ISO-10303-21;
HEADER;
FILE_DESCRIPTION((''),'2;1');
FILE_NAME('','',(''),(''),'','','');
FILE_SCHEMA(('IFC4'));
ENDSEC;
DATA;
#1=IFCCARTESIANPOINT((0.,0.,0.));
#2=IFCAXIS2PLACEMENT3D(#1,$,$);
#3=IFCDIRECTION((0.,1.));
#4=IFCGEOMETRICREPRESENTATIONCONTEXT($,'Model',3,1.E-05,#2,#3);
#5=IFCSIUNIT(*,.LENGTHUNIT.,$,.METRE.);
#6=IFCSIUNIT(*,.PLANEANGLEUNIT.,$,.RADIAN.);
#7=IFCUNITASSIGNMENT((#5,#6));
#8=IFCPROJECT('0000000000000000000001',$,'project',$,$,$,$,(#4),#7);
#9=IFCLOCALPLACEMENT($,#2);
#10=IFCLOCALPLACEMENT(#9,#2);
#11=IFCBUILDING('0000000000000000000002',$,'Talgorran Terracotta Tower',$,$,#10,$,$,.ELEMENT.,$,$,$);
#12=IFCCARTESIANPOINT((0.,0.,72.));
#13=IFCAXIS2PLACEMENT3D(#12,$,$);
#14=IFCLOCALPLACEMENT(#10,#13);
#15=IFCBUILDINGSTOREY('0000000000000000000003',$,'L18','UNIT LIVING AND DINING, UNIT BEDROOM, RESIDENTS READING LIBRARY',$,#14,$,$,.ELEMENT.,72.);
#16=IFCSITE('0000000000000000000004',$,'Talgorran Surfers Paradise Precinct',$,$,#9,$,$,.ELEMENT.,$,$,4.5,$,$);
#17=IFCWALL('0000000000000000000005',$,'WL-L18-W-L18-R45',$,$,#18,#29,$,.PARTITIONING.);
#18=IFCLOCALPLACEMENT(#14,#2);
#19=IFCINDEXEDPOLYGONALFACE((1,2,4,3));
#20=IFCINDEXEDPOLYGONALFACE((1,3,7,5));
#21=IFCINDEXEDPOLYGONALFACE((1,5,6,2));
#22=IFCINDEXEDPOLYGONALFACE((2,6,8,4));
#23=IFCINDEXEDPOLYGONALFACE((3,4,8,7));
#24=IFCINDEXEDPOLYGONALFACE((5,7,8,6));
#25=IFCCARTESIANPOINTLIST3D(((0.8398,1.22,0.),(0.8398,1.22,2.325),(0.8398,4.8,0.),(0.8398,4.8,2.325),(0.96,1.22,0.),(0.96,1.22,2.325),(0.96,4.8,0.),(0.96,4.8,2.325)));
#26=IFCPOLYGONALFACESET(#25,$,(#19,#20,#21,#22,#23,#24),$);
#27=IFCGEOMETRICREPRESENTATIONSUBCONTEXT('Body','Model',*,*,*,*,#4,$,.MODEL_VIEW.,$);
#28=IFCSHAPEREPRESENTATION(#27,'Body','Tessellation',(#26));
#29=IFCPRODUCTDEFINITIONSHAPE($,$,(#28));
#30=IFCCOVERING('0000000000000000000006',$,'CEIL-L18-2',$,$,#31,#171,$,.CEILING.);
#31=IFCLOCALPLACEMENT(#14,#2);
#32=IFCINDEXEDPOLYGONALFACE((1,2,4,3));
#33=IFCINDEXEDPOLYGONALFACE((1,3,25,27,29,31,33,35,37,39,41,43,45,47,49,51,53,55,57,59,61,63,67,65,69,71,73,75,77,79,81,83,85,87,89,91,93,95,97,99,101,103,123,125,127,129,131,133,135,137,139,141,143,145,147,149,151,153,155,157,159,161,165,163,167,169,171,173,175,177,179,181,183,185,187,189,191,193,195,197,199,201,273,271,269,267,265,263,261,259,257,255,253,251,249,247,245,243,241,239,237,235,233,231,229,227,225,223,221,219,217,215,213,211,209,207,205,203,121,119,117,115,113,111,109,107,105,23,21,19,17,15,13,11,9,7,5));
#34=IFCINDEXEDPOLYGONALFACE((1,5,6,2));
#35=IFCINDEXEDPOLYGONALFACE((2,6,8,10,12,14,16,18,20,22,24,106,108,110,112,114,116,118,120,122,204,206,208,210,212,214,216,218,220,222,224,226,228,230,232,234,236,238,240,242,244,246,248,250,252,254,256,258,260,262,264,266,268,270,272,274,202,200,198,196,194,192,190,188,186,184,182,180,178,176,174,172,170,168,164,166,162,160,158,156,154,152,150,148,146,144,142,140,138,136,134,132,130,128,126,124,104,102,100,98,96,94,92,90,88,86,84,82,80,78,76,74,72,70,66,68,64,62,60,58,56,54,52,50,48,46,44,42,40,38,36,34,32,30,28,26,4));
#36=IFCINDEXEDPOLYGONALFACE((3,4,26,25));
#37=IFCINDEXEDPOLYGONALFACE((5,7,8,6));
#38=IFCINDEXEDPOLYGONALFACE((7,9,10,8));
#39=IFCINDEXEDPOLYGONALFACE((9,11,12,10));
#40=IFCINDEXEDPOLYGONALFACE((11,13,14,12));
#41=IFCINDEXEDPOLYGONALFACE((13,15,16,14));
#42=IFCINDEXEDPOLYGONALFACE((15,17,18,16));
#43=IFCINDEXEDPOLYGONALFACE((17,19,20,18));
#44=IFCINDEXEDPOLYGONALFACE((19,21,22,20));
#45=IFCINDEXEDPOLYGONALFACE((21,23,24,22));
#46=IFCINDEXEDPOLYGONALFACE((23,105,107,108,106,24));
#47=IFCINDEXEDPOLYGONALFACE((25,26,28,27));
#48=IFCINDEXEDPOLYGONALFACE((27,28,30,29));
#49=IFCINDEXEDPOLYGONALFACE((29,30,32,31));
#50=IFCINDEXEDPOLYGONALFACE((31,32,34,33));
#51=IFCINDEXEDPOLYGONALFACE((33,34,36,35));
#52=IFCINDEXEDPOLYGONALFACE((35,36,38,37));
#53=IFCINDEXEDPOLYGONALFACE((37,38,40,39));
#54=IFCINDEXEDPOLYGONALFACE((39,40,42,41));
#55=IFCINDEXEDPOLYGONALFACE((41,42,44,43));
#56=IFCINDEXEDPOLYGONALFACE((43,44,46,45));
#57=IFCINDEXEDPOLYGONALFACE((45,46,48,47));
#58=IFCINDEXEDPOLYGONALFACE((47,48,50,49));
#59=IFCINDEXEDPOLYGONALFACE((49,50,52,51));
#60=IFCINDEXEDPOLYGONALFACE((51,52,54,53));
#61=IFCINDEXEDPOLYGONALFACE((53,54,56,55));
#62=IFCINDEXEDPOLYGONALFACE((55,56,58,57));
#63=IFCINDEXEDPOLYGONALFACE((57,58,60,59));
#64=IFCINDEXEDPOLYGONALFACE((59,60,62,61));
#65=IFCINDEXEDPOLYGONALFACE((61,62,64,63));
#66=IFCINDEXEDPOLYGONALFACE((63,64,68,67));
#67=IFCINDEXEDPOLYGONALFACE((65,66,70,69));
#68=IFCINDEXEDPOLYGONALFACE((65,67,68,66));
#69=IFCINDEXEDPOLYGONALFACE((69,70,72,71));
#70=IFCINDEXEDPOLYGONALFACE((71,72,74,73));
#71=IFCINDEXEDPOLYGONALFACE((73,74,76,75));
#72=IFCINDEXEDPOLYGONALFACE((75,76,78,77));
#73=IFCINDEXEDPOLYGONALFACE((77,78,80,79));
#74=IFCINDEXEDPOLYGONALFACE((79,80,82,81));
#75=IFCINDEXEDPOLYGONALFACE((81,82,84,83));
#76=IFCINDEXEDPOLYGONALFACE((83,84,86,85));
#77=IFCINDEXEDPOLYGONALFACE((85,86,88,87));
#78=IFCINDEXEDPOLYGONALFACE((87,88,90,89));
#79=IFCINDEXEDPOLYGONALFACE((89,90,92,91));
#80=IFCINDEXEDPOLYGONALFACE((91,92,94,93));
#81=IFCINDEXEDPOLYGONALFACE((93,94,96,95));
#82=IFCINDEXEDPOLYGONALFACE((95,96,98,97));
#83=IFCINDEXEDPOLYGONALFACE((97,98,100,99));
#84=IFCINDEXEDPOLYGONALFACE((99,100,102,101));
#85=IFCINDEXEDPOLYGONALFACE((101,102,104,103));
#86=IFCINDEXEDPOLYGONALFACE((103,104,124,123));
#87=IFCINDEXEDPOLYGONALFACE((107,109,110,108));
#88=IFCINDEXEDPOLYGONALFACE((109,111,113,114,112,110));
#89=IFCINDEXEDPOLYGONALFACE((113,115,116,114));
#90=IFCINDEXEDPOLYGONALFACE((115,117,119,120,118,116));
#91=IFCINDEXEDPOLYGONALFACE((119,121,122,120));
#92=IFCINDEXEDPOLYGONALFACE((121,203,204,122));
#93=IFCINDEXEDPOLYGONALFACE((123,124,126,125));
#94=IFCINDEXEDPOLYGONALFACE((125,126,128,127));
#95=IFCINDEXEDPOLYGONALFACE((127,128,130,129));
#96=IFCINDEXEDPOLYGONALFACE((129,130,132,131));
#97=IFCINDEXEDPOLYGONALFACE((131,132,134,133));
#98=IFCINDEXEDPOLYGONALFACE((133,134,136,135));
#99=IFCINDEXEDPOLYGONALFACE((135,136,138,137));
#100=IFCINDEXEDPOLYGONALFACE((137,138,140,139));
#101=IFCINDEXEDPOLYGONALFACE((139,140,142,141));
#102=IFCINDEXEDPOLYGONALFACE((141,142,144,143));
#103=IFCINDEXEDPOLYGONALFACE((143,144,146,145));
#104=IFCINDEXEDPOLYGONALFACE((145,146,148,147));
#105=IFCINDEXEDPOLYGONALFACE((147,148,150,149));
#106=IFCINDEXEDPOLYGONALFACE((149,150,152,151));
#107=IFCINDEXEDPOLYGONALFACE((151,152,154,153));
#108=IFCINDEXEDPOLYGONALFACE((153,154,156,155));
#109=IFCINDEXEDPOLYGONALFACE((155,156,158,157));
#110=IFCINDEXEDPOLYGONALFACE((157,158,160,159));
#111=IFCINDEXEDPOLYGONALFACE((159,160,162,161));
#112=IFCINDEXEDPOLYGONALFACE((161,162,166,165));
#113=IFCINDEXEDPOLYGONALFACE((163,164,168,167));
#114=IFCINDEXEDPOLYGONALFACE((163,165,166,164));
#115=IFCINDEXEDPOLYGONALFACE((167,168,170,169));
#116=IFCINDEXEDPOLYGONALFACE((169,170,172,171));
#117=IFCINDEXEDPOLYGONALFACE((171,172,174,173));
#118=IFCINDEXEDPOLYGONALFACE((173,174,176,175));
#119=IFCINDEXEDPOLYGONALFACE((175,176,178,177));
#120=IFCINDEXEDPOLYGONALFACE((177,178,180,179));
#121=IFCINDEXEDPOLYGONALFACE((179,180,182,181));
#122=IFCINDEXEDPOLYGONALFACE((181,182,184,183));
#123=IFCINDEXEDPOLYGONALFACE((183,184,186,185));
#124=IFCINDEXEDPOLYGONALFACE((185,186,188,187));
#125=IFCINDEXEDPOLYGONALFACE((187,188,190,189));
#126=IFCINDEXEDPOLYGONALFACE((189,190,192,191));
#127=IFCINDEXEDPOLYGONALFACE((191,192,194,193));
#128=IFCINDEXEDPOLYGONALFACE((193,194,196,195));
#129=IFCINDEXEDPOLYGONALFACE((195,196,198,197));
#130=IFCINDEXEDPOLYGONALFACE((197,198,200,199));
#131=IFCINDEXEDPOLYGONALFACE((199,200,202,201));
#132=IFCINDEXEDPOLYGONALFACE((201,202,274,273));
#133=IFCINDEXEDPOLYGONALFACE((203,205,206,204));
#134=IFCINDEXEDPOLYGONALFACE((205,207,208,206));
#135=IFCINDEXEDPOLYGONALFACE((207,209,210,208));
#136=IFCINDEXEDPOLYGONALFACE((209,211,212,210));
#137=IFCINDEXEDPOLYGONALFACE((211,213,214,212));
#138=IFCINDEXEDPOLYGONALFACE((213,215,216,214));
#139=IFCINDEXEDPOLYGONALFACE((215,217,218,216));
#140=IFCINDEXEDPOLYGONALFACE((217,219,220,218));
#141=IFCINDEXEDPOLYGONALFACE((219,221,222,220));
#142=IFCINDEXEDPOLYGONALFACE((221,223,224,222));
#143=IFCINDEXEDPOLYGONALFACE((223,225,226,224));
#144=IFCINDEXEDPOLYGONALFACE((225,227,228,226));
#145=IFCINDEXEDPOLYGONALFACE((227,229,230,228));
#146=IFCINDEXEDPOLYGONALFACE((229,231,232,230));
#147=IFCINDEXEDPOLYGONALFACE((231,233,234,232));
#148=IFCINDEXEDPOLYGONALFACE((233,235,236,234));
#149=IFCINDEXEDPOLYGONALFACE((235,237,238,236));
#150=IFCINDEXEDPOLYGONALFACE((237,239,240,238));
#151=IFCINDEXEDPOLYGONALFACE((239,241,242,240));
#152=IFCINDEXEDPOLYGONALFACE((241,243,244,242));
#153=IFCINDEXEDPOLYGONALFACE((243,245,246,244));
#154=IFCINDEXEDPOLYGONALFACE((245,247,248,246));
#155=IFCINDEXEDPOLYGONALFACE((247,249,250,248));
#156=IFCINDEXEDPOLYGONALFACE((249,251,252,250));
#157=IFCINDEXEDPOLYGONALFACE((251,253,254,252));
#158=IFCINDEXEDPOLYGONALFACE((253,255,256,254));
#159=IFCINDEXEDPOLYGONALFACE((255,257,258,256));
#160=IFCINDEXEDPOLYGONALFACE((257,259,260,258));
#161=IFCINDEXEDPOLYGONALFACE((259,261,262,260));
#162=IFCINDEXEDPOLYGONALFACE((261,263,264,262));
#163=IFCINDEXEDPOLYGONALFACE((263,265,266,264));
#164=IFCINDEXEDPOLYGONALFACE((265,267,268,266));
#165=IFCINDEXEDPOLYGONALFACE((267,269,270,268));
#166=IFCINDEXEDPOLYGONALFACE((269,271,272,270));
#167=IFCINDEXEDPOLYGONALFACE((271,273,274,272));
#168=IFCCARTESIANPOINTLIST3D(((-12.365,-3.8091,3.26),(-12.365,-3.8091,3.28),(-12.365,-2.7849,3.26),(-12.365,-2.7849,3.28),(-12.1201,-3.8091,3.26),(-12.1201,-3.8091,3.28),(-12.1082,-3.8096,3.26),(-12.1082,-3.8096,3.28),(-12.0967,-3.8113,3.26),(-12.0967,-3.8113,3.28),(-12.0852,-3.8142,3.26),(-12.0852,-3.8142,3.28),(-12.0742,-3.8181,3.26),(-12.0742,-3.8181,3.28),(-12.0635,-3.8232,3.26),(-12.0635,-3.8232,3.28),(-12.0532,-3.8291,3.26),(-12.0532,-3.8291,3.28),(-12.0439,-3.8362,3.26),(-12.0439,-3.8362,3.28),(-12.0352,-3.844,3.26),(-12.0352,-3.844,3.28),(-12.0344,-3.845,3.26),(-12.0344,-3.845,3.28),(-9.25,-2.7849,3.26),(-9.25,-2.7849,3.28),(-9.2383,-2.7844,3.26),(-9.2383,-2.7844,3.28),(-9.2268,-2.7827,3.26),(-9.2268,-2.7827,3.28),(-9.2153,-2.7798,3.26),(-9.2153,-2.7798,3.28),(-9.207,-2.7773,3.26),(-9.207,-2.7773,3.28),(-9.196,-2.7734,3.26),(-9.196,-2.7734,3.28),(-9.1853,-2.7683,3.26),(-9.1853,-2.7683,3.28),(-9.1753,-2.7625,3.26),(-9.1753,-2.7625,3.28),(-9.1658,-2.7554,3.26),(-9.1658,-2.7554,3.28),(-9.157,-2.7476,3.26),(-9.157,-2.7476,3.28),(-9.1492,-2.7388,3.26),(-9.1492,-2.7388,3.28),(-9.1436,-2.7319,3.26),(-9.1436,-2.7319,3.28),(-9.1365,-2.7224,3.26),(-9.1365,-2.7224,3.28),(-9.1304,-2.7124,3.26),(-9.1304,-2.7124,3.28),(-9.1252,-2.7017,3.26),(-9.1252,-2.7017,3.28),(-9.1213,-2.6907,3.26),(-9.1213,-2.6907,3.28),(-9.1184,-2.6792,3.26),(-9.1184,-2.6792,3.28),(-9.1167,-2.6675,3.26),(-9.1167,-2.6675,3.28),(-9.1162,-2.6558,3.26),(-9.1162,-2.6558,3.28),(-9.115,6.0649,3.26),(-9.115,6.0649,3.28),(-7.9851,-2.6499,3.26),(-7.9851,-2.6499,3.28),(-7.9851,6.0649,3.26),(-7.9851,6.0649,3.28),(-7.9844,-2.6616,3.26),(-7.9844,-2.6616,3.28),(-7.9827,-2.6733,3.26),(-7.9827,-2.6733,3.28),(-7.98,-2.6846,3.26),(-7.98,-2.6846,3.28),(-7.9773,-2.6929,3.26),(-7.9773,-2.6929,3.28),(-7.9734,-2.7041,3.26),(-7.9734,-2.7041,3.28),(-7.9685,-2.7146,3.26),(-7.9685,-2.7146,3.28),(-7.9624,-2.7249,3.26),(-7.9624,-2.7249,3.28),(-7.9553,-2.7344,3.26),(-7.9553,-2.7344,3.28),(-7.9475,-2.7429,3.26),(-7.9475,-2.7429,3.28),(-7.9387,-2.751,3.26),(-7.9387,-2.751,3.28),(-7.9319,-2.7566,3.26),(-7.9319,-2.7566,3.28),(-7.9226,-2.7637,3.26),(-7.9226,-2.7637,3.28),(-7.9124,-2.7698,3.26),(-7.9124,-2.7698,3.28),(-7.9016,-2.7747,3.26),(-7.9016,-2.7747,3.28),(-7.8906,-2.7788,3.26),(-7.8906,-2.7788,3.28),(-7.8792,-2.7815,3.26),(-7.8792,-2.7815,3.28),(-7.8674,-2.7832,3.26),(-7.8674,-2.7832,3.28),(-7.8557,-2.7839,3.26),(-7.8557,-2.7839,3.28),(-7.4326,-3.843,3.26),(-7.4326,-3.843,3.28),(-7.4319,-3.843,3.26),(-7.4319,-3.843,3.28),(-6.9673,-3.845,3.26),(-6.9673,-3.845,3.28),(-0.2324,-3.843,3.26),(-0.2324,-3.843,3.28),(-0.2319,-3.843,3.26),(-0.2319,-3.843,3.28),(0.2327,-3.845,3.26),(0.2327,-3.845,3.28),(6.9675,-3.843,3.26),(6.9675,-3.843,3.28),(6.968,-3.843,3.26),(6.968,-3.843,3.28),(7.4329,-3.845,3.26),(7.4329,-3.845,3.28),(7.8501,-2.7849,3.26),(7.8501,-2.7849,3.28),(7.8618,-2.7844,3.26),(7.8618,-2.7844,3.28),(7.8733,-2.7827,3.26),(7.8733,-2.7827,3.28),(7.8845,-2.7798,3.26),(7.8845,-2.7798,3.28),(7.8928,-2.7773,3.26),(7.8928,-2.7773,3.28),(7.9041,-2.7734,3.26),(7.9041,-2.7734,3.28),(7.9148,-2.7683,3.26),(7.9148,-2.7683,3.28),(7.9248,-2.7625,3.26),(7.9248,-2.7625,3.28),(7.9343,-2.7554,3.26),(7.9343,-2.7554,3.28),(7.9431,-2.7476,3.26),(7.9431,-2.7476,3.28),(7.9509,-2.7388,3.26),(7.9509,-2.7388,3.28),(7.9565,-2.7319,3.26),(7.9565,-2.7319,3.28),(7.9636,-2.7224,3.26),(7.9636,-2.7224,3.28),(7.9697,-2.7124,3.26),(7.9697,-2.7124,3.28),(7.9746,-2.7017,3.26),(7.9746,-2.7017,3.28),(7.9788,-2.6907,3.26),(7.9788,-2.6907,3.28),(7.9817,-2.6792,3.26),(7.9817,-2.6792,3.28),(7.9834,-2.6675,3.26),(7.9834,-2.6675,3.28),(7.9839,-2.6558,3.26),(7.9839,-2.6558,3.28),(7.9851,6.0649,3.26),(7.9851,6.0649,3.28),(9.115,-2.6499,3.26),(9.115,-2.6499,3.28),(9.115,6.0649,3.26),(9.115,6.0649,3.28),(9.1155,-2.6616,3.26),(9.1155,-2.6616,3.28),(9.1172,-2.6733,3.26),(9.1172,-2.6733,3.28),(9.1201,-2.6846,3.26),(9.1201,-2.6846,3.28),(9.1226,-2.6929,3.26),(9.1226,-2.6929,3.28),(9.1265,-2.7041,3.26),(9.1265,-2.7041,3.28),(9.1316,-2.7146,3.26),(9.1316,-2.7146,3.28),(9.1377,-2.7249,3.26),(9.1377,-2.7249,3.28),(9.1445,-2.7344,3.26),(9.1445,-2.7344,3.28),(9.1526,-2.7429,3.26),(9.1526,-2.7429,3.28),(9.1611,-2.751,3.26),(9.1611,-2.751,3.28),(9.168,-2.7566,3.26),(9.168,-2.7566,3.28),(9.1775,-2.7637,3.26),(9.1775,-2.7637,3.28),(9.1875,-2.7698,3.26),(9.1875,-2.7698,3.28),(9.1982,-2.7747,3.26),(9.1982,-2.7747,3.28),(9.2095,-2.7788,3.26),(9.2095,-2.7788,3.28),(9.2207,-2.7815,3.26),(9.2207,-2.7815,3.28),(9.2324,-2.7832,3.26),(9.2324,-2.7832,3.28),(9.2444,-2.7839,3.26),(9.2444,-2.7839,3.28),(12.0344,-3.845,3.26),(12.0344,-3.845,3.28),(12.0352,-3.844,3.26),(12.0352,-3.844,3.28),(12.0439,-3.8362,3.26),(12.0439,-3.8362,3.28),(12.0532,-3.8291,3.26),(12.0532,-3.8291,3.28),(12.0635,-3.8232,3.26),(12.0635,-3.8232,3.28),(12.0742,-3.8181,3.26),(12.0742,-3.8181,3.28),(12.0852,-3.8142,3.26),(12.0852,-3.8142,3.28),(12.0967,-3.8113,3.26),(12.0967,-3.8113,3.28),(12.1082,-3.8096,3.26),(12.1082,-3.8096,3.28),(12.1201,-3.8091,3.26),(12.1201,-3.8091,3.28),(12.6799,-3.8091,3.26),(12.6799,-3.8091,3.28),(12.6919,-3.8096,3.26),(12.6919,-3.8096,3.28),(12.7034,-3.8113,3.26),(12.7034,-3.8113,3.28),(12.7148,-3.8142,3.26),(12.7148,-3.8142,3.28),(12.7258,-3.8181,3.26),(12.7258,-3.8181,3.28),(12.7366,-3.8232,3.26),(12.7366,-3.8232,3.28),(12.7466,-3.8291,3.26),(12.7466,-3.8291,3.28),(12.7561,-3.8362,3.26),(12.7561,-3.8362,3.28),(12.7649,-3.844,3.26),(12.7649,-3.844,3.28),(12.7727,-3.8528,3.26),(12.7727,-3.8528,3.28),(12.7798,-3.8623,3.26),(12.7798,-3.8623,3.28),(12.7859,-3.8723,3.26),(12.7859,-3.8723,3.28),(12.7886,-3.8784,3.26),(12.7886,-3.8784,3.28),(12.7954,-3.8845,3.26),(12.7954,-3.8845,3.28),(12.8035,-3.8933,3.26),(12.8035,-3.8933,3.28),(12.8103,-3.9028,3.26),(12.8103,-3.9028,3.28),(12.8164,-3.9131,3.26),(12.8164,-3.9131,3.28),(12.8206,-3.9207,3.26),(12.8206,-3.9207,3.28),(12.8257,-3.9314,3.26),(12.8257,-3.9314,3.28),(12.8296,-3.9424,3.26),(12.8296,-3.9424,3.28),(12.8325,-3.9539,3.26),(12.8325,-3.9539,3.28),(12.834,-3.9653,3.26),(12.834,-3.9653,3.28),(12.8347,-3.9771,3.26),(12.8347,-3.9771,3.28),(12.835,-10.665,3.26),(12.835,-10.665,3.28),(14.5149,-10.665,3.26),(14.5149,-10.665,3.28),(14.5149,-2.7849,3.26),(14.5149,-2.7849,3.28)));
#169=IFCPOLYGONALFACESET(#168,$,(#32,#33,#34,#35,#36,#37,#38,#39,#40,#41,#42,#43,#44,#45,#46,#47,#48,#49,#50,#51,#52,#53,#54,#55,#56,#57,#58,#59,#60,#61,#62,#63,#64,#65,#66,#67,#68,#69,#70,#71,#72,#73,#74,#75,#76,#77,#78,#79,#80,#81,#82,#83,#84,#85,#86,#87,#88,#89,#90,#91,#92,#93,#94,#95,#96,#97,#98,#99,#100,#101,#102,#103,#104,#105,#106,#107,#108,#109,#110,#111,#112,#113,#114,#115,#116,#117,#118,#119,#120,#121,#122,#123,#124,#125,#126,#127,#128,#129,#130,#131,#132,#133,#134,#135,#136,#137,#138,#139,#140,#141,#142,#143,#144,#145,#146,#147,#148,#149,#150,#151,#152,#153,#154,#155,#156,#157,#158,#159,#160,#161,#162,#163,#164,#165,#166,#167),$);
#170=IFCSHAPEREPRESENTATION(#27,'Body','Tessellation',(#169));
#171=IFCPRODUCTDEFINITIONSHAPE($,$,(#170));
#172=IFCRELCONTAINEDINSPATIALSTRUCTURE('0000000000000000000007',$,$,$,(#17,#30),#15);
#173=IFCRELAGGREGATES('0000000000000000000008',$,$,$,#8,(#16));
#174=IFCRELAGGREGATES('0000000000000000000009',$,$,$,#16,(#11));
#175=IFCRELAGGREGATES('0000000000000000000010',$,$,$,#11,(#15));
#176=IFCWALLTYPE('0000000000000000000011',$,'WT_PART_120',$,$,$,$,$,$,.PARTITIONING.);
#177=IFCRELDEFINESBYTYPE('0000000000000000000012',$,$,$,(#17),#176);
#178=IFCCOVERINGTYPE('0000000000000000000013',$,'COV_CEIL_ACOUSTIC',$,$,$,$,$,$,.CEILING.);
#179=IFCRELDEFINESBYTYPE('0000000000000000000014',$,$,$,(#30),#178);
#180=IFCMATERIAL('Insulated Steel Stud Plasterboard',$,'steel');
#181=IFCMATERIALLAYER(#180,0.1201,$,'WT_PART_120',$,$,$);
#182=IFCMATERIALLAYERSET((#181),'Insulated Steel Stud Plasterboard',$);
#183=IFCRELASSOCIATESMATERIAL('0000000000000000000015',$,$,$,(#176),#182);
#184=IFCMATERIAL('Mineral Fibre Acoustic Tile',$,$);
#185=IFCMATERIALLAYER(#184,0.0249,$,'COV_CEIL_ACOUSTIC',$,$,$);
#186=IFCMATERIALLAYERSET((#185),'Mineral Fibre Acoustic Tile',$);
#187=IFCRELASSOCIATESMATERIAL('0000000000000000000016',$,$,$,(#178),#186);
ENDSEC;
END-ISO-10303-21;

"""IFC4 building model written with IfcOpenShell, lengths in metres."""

from ifc_helpers import new_model, si_unit, direction, frame, frame_2d, origin, place, context, subcontext, project, spatial, polyline, rectangle, outline, extrude, material, layer, layer_set, type_object, element, save


model = new_model("IFC4")

# Units and contexts
model_context = context("Model", 3, precision=1e-05, world=origin(), true_north=direction((0.0, 1.0)))
body_context = subcontext(model_context, "Body", "Model", "MODEL_VIEW")
ifc_project = project(units=[si_unit("LENGTHUNIT", "METRE"), si_unit("PLANEANGLEUNIT", "RADIAN")], contexts=[model_context])

# Site, building, storey
site_placement = place(None, origin())
site = spatial("IfcSite", under=ifc_project, at=site_placement, Name="Talgorran Surfers Paradise Precinct", CompositionType="ELEMENT", RefElevation=4.5)
building_placement = place(site_placement, origin())
building = spatial("IfcBuilding", under=site, at=building_placement, Name="Talgorran Terracotta Tower", CompositionType="ELEMENT")
storey_placement = place(building_placement, frame((0.0, 0.0, 72.0)))
storey = spatial("IfcBuildingStorey", under=building, at=storey_placement, Name="L18", Description="UNIT LIVING AND DINING, UNIT BEDROOM, RESIDENTS READING LIBRARY", CompositionType="ELEMENT", Elevation=72.0)

# Shared definitions
ifc_material_1 = material(Name="Insulated Steel Stud Plasterboard", Category="steel")
ifc_layer_1 = layer(ifc_material_1, 0.1201, Name="WT_PART_120")
ifc_layer_set_1 = layer_set([ifc_layer_1], Name="Insulated Steel Stud Plasterboard")
wall_type_1 = type_object("IfcWallType", Name="WT_PART_120", PredefinedType="PARTITIONING", material=ifc_layer_set_1)

# Wall
wall_1_placement = place(storey_placement, frame((0.8999, 1.22, 0.0), z_axis=(0.0, 0.0, 1.0), x_axis=(0.0, 1.0, 0.0)))
element("IfcWall", 1, at=wall_1_placement, inside=storey, type_object=wall_type_1, Name="WL-L18-W-L18-R45", PredefinedType="PARTITIONING", context=body_context, shape_type="SweptSolid", body=[
    extrude(rectangle(XDim=3.5801, YDim=0.1201, at=frame_2d((1.79, 0.0))), origin(), (0.0, 0.0, 1.0), 2.325),
])

# Covering
ifc_material_2 = material(Name="Mineral Fibre Acoustic Tile")
ifc_layer_2 = layer(ifc_material_2, 0.0249, Name="COV_CEIL_ACOUSTIC")
ifc_layer_set_2 = layer_set([ifc_layer_2], Name="Mineral Fibre Acoustic Tile")
covering_type_1 = type_object("IfcCoveringType", Name="COV_CEIL_ACOUSTIC", PredefinedType="CEILING", material=ifc_layer_set_2)
covering_1_placement = place(storey_placement, frame((0.0, 0.0, 3.26)))
element("IfcCovering", 2, at=covering_1_placement, inside=storey, type_object=covering_type_1, Name="CEIL-L18-2", PredefinedType="CEILING", context=body_context, shape_type="SweptSolid", body=[
    extrude(outline(polyline([(-12.0344, -3.845), (-12.0352, -3.844), (-12.0439, -3.8362), (-12.0532, -3.8291), (-12.0635, -3.8232), (-12.0742, -3.8181), (-12.0852, -3.8142), (-12.0967, -3.8113), (-12.1082, -3.8096), (-12.1201, -3.8091), (-12.365, -3.8091), (-12.365, -2.7849), (-9.25, -2.7849), (-9.2383, -2.7844), (-9.2268, -2.7827), (-9.2153, -2.7798), (-9.207, -2.7773), (-9.196, -2.7734), (-9.1853, -2.7683), (-9.1753, -2.7625), (-9.1658, -2.7554), (-9.157, -2.7476), (-9.1492, -2.7388), (-9.1436, -2.7319), (-9.1365, -2.7224), (-9.1304, -2.7124), (-9.1252, -2.7017), (-9.1213, -2.6907), (-9.1184, -2.6792), (-9.1167, -2.6675), (-9.1162, -2.6558), (-9.115, 6.0649), (-7.9851, 6.0649), (-7.9851, -2.6499), (-7.9844, -2.6616), (-7.9827, -2.6733), (-7.98, -2.6846), (-7.9773, -2.6929), (-7.9734, -2.7041), (-7.9685, -2.7146), (-7.9624, -2.7249), (-7.9553, -2.7344), (-7.9475, -2.7429), (-7.9387, -2.751), (-7.9319, -2.7566), (-7.9226, -2.7637), (-7.9124, -2.7698), (-7.9016, -2.7747), (-7.8906, -2.7788), (-7.8792, -2.7815), (-7.8674, -2.7832), (-7.8557, -2.7839), (7.8501, -2.7849), (7.8618, -2.7844), (7.8733, -2.7827), (7.8845, -2.7798), (7.8928, -2.7773), (7.9041, -2.7734), (7.9148, -2.7683), (7.9248, -2.7625), (7.9343, -2.7554), (7.9431, -2.7476), (7.9509, -2.7388), (7.9565, -2.7319), (7.9636, -2.7224), (7.9697, -2.7124), (7.9746, -2.7017), (7.9788, -2.6907), (7.9817, -2.6792), (7.9834, -2.6675), (7.9839, -2.6558), (7.9851, 6.0649), (9.115, 6.0649), (9.115, -2.6499), (9.1155, -2.6616), (9.1172, -2.6733), (9.1201, -2.6846), (9.1226, -2.6929), (9.1265, -2.7041), (9.1316, -2.7146), (9.1377, -2.7249), (9.1445, -2.7344), (9.1526, -2.7429), (9.1611, -2.751), (9.168, -2.7566), (9.1775, -2.7637), (9.1875, -2.7698), (9.1982, -2.7747), (9.2095, -2.7788), (9.2207, -2.7815), (9.2324, -2.7832), (9.2444, -2.7839), (14.5149, -2.7849), (14.5149, -10.665), (12.835, -10.665), (12.8347, -3.9771), (12.834, -3.9653), (12.8325, -3.9539), (12.8296, -3.9424), (12.8257, -3.9314), (12.8206, -3.9207), (12.8164, -3.9131), (12.8103, -3.9028), (12.8035, -3.8933), (12.7954, -3.8845), (12.7886, -3.8784), (12.7859, -3.8723), (12.7798, -3.8623), (12.7727, -3.8528), (12.7649, -3.844), (12.7561, -3.8362), (12.7466, -3.8291), (12.7366, -3.8232), (12.7258, -3.8181), (12.7148, -3.8142), (12.7034, -3.8113), (12.6919, -3.8096), (12.6799, -3.8091), (12.1201, -3.8091), (12.1082, -3.8096), (12.0967, -3.8113), (12.0852, -3.8142), (12.0742, -3.8181), (12.0635, -3.8232), (12.0532, -3.8291), (12.0439, -3.8362), (12.0352, -3.844), (12.0344, -3.845), (7.4329, -3.845), (6.968, -3.843), (6.9675, -3.843), (0.2327, -3.845), (-0.2319, -3.843), (-0.2324, -3.843), (-6.9673, -3.845), (-7.4319, -3.843), (-7.4326, -3.843), (-12.0344, -3.845)])), origin(), (0.0, 0.0, 1.0), 0.02),
])

save(model, "model.ifc")
